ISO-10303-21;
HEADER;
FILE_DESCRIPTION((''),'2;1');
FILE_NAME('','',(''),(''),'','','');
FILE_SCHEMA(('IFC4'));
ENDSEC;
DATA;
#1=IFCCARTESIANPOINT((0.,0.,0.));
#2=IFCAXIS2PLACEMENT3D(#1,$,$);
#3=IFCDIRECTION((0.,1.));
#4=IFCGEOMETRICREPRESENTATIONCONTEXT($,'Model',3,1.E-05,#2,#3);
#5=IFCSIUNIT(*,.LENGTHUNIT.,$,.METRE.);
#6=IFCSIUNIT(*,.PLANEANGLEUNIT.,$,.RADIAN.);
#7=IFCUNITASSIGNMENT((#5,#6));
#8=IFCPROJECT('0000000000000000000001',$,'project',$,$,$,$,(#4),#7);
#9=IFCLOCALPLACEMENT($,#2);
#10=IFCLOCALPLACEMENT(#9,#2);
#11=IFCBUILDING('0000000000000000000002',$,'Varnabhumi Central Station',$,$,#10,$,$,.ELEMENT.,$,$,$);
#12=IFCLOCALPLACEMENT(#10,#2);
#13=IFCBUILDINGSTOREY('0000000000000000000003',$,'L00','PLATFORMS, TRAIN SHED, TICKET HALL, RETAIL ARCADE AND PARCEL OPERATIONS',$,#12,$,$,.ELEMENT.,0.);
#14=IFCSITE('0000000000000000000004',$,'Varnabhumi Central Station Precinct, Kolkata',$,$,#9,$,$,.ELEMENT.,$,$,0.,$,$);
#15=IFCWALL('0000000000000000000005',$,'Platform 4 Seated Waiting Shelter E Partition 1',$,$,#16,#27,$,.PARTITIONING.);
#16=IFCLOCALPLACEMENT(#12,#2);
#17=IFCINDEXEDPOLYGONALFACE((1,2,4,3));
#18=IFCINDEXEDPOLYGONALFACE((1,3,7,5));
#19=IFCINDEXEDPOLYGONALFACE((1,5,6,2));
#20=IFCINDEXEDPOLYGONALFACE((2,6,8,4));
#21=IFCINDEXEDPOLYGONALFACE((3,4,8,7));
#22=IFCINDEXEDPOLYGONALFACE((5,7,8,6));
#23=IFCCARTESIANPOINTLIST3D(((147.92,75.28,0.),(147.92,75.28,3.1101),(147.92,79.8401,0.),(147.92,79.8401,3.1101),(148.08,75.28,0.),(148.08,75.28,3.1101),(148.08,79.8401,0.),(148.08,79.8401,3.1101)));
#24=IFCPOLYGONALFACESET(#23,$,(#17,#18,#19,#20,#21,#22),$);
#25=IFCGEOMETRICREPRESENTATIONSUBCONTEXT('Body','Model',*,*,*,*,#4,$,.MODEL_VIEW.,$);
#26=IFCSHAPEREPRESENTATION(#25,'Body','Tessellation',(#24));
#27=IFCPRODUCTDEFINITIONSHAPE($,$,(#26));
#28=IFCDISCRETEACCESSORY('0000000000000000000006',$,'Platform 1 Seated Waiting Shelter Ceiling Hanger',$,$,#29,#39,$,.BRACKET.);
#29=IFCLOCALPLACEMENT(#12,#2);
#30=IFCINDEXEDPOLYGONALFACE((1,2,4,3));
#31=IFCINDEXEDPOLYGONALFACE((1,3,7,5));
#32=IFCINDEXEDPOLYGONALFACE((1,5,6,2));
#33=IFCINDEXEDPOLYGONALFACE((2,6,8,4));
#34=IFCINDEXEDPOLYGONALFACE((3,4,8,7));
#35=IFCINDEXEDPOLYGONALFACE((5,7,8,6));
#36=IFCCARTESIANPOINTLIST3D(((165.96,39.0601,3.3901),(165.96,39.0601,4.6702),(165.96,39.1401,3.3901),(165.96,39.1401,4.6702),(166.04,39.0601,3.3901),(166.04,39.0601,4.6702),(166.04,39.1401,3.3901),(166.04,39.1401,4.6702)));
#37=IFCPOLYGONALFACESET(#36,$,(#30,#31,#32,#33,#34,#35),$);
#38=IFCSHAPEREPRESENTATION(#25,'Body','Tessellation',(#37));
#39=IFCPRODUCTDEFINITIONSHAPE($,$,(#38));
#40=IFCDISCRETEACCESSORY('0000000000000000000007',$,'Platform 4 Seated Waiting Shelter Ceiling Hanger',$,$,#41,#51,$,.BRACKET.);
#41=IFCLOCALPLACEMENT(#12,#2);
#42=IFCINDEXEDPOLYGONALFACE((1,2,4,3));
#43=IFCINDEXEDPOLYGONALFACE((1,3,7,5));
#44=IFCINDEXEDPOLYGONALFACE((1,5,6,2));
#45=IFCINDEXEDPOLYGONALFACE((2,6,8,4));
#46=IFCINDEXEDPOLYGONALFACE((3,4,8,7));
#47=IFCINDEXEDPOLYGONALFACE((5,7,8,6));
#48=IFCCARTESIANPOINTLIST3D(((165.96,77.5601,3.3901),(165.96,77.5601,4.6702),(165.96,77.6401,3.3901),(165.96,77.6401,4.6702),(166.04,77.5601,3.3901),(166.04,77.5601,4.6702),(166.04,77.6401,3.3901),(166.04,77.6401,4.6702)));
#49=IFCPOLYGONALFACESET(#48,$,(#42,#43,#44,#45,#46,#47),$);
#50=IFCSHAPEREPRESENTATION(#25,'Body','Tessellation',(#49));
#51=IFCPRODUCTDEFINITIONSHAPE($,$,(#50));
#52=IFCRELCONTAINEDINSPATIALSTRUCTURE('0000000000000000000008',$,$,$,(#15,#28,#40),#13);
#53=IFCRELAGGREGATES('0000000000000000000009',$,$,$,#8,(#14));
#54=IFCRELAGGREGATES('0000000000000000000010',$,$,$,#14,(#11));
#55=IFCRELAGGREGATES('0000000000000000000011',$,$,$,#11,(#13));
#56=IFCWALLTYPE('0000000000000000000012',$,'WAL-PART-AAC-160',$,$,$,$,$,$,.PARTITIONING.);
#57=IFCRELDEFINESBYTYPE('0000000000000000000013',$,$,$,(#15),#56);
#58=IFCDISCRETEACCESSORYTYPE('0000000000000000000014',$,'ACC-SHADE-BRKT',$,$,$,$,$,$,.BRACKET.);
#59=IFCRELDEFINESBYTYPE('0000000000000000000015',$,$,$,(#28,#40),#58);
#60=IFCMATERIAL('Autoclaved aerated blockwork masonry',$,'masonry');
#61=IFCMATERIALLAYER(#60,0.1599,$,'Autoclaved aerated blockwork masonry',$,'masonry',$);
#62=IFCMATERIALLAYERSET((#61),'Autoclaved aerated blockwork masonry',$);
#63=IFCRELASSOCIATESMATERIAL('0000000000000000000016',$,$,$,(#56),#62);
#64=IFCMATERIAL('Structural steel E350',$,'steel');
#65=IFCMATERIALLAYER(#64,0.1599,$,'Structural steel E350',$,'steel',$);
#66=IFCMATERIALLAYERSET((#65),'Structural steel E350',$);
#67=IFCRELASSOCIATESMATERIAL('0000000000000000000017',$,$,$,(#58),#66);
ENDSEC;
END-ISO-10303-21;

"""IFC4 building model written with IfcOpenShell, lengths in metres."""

from ifc_helpers import new_model, si_unit, direction, frame, frame_2d, origin, origin_2d, place, context, subcontext, project, spatial, rectangle, extrude, material, layer, layer_set, type_object, element, save


model = new_model("IFC4")

# Units and contexts
model_context = context("Model", 3, precision=1e-05, world=origin(), true_north=direction((0.0, 1.0)))
body_context = subcontext(model_context, "Body", "Model", "MODEL_VIEW")
ifc_project = project(units=[si_unit("LENGTHUNIT", "METRE"), si_unit("PLANEANGLEUNIT", "RADIAN")], contexts=[model_context])

# Site, building, storey
site_placement = place(None, origin())
site = spatial("IfcSite", under=ifc_project, at=site_placement, Name="Varnabhumi Central Station Precinct, Kolkata", CompositionType="ELEMENT", RefElevation=0.0)
building_placement = place(site_placement, origin())
building = spatial("IfcBuilding", under=site, at=building_placement, Name="Varnabhumi Central Station", CompositionType="ELEMENT")
storey_placement = place(building_placement, origin())
storey = spatial("IfcBuildingStorey", under=building, at=storey_placement, Name="L00", Description="PLATFORMS, TRAIN SHED, TICKET HALL, RETAIL ARCADE AND PARCEL OPERATIONS", CompositionType="ELEMENT", Elevation=0.0)

# Shared definitions
ifc_material_1 = material(Name="Autoclaved aerated blockwork masonry", Category="masonry")
ifc_layer_1 = layer(ifc_material_1, 0.1599, Name="Autoclaved aerated blockwork masonry", Category="masonry")
ifc_layer_set_1 = layer_set([ifc_layer_1], Name="Autoclaved aerated blockwork masonry")
wall_type = type_object("IfcWallType", Name="WAL-PART-AAC-160", PredefinedType="PARTITIONING", material=ifc_layer_set_1)

# Wall
wall_1_placement = place(storey_placement, frame((148.0, 75.28, 0.0), z_axis=(0.0, 0.0, 1.0), x_axis=(0.0, 1.0, 0.0)))
element("IfcWall", 1, at=wall_1_placement, inside=storey, type_object=wall_type, Name="Platform 4 Seated Waiting Shelter E Partition 1", PredefinedType="PARTITIONING", context=body_context, shape_type="SweptSolid", body=[
    extrude(rectangle(XDim=4.5601, YDim=0.1599, at=frame_2d((2.28, 0.0))), origin(), (0.0, 0.0, 1.0), 3.1101),
])

# Discrete accessories
ifc_material_2 = material(Name="Structural steel E350", Category="steel")
ifc_layer_2 = layer(ifc_material_2, 0.1599, Name="Structural steel E350", Category="steel")
ifc_layer_set_2 = layer_set([ifc_layer_2], Name="Structural steel E350")
discrete_accessory_type = type_object("IfcDiscreteAccessoryType", Name="ACC-SHADE-BRKT", PredefinedType="BRACKET", material=ifc_layer_set_2)
for number, where, z_axis, x_axis, name in (
    (2, (166.0, 39.1001, 3.3901), (0.0, 0.0, 1.0), (1.0, 0.0, 0.0), "Platform 1 Seated Waiting Shelter Ceiling Hanger"),
    (3, (166.0, 77.6001, 3.3901), (0.0, 0.0, 1.0), (1.0, 0.0, 0.0), "Platform 4 Seated Waiting Shelter Ceiling Hanger"),
):
    element("IfcDiscreteAccessory", number, at=place(storey_placement, frame(where, z_axis=z_axis, x_axis=x_axis)), inside=storey, type_object=discrete_accessory_type, Name=name, PredefinedType="BRACKET", context=body_context, shape_type="SweptSolid", body=[
        extrude(rectangle(XDim=0.0801, YDim=0.0801, at=origin_2d()), origin(), (0.0, 0.0, 1.0), 1.28),
    ])

save(model, "model.ifc")
